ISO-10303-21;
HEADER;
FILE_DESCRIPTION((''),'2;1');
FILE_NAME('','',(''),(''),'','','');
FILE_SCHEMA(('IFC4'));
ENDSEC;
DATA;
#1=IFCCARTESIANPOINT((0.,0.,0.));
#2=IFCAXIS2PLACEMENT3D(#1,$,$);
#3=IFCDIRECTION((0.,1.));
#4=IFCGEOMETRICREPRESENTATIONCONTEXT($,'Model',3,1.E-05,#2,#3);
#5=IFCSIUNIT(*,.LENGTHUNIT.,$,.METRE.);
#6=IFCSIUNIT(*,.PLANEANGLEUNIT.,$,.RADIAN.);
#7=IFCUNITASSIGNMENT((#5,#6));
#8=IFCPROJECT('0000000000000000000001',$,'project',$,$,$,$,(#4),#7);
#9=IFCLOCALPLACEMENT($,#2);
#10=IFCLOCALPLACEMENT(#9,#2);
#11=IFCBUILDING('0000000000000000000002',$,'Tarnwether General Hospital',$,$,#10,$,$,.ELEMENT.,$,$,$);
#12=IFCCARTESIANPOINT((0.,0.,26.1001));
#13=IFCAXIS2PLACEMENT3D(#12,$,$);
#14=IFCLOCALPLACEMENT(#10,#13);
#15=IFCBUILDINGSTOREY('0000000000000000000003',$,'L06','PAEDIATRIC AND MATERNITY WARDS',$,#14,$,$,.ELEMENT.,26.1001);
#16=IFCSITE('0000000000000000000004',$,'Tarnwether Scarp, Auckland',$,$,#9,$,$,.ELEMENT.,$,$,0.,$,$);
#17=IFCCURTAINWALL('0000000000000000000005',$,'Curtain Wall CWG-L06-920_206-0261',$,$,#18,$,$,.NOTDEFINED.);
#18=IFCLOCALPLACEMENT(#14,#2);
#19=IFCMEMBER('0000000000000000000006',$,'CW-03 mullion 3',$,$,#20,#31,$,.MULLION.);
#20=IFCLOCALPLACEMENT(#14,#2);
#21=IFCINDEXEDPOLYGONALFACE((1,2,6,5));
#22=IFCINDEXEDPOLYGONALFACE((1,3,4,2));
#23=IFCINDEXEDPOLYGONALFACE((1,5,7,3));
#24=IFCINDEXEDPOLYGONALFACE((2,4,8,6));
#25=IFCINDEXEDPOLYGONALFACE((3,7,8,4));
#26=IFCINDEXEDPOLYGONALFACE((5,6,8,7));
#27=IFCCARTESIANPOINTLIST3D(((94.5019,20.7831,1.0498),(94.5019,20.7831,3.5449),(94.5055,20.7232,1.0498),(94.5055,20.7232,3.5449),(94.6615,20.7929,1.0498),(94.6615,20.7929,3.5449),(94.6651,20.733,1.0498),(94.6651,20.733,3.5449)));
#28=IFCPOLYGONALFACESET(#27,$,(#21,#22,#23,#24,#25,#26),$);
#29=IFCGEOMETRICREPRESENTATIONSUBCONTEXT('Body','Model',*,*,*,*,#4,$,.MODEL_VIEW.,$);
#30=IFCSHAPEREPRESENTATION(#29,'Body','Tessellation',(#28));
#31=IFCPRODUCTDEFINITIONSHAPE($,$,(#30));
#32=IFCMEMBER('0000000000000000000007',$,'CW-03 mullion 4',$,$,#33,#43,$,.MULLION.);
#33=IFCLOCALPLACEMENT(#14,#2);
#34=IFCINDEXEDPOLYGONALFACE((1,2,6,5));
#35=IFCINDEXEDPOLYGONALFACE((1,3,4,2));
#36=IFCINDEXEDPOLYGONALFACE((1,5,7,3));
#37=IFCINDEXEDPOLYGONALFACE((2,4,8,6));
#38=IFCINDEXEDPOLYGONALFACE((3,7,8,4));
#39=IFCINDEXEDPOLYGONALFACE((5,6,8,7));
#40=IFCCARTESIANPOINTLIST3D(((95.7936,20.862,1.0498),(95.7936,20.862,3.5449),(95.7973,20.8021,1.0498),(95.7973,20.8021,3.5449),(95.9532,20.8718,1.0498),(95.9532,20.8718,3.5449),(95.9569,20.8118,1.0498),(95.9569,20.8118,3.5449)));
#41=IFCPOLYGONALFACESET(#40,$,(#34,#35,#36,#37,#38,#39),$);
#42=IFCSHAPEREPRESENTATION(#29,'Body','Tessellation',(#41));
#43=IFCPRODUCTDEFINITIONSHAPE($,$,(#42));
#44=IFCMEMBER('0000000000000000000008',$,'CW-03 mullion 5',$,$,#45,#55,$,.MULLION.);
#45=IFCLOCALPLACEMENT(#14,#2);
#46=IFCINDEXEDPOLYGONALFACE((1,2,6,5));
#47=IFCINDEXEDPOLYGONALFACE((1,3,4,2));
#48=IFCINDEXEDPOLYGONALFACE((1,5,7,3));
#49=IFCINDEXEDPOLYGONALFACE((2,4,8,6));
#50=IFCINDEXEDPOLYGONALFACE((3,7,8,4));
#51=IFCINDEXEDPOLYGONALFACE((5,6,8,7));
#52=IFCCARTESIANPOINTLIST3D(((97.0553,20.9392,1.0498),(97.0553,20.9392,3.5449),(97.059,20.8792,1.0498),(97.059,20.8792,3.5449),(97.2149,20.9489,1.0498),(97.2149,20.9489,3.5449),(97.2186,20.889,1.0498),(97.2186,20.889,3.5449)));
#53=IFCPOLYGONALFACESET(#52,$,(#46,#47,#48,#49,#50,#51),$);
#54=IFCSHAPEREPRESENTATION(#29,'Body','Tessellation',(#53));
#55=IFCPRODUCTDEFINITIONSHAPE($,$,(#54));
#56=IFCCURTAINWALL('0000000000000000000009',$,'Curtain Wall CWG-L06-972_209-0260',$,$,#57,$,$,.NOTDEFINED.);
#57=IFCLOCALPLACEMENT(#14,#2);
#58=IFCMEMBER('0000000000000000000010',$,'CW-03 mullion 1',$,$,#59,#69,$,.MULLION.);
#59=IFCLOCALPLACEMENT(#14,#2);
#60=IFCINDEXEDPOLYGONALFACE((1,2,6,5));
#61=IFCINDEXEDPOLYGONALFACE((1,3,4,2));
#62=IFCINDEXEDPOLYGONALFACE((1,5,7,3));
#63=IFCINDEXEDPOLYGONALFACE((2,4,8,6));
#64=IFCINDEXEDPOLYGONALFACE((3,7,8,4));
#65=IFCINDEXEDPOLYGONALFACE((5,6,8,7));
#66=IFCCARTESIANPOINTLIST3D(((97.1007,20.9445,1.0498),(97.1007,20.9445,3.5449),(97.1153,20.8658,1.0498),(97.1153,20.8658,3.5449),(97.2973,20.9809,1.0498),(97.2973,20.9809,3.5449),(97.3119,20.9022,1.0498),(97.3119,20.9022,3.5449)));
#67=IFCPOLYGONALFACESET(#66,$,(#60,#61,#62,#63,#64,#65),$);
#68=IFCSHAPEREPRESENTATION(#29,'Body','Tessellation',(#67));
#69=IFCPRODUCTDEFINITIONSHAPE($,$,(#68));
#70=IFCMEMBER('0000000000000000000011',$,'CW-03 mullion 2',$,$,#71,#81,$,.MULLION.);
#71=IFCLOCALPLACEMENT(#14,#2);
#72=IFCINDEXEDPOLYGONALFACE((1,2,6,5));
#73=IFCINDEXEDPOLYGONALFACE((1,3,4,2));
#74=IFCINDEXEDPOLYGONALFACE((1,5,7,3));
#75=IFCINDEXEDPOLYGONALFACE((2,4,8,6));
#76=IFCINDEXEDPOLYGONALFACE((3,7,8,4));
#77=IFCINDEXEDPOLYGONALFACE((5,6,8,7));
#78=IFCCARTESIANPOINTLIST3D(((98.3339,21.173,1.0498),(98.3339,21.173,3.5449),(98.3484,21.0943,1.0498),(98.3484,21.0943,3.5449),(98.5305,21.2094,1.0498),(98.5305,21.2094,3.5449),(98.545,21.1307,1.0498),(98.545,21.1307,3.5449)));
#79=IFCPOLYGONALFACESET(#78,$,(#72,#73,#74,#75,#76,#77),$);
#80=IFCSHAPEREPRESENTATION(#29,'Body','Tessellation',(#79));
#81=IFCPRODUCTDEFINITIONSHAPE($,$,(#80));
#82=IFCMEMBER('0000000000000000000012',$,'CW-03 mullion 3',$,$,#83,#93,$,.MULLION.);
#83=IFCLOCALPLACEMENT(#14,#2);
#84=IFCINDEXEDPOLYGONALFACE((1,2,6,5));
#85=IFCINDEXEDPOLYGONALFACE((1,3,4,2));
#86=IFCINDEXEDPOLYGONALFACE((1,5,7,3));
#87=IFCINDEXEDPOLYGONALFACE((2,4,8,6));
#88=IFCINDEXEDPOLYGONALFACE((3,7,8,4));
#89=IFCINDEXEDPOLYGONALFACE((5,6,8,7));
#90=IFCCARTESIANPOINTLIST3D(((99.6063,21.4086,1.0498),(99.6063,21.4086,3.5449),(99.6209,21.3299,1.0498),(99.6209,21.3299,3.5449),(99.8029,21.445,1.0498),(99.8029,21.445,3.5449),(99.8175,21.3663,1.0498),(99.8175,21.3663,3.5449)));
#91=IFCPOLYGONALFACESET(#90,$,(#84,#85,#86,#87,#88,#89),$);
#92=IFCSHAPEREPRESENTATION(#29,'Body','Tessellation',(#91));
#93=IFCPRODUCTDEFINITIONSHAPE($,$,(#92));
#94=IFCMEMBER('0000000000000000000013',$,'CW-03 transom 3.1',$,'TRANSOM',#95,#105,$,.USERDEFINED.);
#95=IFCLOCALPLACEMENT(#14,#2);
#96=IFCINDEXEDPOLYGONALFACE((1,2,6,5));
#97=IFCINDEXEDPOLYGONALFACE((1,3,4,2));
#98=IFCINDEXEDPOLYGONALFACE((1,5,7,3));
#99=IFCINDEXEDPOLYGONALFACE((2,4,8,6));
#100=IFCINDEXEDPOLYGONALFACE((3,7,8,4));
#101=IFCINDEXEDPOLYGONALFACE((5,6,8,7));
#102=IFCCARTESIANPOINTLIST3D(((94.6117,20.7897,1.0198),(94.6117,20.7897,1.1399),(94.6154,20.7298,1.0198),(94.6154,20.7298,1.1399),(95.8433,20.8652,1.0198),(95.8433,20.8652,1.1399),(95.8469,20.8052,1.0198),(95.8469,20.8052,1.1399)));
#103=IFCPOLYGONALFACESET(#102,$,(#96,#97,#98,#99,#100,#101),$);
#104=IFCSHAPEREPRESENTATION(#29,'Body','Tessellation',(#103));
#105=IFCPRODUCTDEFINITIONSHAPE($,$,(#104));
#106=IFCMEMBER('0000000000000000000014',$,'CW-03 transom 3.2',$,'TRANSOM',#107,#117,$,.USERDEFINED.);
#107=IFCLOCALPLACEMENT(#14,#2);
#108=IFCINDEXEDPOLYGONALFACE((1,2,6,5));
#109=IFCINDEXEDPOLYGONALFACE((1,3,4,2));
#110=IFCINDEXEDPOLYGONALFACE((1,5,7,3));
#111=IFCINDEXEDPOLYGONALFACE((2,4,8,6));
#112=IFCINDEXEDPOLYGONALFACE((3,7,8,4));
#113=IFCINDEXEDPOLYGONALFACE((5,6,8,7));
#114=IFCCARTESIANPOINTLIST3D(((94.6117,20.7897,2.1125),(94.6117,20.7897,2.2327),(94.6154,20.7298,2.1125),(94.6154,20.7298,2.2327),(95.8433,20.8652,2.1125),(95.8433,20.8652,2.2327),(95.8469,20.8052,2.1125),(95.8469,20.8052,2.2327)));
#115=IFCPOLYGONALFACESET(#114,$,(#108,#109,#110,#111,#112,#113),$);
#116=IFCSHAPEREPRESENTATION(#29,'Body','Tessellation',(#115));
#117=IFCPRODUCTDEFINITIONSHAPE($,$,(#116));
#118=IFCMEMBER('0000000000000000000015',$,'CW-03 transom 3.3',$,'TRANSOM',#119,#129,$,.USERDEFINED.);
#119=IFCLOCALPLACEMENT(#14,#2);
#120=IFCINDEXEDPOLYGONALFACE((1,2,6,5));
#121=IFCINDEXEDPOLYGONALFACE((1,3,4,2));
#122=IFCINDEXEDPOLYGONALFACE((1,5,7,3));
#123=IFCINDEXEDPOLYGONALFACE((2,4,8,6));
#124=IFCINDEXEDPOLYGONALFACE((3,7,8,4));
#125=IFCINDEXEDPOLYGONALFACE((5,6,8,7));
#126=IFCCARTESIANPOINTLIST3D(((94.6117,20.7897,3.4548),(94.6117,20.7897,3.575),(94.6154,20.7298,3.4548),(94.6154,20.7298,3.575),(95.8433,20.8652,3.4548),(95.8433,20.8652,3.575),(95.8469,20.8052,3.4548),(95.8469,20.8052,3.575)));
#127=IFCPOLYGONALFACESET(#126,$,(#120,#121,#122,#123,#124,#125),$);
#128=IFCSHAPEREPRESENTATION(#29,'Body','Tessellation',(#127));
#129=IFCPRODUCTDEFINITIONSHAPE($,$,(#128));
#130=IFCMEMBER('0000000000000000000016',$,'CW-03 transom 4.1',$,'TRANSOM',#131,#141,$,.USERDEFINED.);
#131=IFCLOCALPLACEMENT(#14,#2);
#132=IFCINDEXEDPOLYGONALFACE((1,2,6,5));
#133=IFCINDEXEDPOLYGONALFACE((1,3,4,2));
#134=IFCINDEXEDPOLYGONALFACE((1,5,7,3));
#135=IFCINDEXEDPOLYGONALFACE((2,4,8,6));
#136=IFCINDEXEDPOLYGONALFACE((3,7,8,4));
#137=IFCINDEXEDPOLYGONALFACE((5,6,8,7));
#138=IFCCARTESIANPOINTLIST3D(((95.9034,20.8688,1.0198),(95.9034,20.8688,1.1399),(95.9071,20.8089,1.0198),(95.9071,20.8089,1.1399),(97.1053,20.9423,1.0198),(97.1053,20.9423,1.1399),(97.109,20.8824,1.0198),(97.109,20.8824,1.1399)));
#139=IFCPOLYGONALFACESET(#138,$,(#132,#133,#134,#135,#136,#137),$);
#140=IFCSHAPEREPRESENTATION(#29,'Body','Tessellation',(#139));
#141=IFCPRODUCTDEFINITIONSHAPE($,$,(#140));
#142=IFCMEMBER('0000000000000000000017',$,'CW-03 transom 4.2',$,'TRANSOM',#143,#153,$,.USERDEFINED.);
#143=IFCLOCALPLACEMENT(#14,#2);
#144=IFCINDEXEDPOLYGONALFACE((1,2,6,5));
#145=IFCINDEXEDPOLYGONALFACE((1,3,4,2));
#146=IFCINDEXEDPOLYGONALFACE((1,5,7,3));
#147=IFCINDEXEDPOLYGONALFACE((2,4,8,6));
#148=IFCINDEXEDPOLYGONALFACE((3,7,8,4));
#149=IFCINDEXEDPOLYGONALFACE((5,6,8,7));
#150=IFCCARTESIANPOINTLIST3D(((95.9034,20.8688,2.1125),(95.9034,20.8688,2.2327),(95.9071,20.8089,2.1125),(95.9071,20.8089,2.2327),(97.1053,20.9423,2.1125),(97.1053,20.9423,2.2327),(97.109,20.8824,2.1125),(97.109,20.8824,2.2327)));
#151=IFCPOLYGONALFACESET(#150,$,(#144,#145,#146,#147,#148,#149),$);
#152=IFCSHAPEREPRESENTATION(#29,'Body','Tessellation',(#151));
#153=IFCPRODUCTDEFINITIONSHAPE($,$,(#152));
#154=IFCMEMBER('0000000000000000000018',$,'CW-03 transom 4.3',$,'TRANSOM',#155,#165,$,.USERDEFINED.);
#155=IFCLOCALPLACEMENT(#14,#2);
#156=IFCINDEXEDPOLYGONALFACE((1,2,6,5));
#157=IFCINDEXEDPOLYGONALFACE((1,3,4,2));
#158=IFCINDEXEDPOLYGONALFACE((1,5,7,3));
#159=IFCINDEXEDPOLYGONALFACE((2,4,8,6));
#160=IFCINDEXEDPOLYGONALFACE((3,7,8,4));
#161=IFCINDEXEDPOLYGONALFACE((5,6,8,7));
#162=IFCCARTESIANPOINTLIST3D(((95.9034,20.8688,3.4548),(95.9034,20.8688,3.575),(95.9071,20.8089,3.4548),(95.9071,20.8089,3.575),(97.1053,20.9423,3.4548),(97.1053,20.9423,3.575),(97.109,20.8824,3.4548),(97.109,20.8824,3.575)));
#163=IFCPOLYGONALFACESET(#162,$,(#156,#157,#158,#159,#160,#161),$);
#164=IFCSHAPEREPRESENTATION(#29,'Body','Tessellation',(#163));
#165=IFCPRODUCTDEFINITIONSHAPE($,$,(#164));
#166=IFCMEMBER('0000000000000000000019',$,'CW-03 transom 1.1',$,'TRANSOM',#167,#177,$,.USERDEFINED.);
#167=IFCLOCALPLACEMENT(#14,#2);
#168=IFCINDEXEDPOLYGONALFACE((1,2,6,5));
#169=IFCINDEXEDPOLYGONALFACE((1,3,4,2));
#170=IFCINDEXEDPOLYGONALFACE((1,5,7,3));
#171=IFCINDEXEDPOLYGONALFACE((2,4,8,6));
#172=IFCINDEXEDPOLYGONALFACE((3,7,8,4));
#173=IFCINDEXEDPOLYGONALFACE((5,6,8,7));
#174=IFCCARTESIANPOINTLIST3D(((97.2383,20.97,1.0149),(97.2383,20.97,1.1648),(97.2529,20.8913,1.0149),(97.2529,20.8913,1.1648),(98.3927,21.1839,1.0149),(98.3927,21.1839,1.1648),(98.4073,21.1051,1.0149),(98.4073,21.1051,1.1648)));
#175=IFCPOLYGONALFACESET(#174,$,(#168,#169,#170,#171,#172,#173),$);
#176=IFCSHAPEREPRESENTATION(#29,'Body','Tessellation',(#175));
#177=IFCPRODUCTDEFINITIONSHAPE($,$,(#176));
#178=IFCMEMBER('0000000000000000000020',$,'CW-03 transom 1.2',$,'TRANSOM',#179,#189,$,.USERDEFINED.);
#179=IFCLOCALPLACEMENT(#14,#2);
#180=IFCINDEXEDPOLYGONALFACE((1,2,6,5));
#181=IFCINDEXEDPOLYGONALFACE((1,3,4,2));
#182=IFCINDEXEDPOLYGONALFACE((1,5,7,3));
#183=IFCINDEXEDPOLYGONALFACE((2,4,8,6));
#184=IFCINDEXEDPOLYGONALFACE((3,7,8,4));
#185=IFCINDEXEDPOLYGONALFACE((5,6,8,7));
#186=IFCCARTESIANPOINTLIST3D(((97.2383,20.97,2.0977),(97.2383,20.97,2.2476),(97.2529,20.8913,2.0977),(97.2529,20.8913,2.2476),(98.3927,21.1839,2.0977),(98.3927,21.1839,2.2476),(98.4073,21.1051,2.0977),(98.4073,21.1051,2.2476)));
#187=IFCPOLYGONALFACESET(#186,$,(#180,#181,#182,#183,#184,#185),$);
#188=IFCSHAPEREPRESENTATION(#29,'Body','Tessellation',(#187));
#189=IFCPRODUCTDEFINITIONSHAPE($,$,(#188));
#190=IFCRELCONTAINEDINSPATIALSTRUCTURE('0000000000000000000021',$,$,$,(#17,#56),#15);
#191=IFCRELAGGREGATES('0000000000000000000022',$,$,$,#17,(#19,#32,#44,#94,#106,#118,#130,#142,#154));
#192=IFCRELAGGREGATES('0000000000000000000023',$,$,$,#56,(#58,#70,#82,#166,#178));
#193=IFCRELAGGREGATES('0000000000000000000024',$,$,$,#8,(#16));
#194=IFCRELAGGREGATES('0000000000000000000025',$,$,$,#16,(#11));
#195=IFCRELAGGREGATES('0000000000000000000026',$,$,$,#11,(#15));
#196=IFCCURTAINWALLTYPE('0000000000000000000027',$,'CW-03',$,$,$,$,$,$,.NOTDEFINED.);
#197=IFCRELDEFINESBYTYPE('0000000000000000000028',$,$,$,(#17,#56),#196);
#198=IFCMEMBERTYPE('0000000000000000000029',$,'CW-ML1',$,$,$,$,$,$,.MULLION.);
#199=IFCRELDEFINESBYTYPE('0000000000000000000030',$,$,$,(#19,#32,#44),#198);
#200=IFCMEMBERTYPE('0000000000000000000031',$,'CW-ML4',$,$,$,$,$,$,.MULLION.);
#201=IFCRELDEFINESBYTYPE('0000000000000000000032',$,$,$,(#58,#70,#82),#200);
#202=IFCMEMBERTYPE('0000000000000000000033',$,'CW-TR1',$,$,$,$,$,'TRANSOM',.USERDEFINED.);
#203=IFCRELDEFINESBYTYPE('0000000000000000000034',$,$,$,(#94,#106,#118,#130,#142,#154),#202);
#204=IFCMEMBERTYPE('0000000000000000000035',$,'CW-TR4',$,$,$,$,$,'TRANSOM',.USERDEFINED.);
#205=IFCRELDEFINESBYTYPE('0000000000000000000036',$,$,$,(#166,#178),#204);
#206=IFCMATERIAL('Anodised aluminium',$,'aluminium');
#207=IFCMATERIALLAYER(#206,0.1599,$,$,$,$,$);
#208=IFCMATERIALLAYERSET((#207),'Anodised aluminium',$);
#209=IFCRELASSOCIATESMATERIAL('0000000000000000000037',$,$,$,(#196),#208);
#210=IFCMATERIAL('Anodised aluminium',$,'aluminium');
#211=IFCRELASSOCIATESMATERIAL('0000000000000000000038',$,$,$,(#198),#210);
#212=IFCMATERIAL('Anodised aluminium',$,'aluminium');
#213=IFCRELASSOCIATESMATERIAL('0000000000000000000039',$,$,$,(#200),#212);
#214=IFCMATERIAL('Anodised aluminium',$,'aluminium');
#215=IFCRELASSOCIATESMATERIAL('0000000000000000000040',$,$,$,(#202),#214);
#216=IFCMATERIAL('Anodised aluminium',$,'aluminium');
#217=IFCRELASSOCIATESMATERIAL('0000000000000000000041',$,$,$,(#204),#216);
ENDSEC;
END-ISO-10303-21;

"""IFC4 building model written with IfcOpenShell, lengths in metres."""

from ifc_helpers import new_model, si_unit, direction, frame, origin, origin_2d, place, context, subcontext, project, spatial, rectangle, extrude, material, layer, layer_set, material_profile, profile_set, type_object, element, aggregate, save


model = new_model("IFC4")

# Units and contexts
model_context = context("Model", 3, precision=1e-05, world=origin(), true_north=direction((0.0, 1.0)))
body_context = subcontext(model_context, "Body", "Model", "MODEL_VIEW")
ifc_project = project(units=[si_unit("LENGTHUNIT", "METRE"), si_unit("PLANEANGLEUNIT", "RADIAN")], contexts=[model_context])

# Site, building, storey
site_placement = place(None, origin())
site = spatial("IfcSite", under=ifc_project, at=site_placement, Name="Tarnwether Scarp, Auckland", CompositionType="ELEMENT", RefElevation=0.0)
building_placement = place(site_placement, origin())
building = spatial("IfcBuilding", under=site, at=building_placement, Name="Tarnwether General Hospital", CompositionType="ELEMENT")
storey_placement = place(building_placement, frame((0.0, 0.0, 26.1001)))
storey = spatial("IfcBuildingStorey", under=building, at=storey_placement, Name="L06", Description="PAEDIATRIC AND MATERNITY WARDS", CompositionType="ELEMENT", Elevation=26.1001)

# Curtain walls, members
ifc_material_1 = material(Name="Anodised aluminium", Category="aluminium")
ifc_layer_1 = layer(ifc_material_1, 0.1599)
ifc_layer_set_1 = layer_set([ifc_layer_1], Name="Anodised aluminium")
curtain_wall_type = type_object("IfcCurtainWallType", Name="CW-03", PredefinedType="NOTDEFINED", material=ifc_layer_set_1)
curtain_wall_1_placement = place(storey_placement, origin())
curtain_wall_1 = element("IfcCurtainWall", 1, at=curtain_wall_1_placement, inside=storey, type_object=curtain_wall_type, Name="Curtain Wall CWG-L06-920_206-0261", PredefinedType="NOTDEFINED")
ifc_material_2 = material(Name="Anodised aluminium", Category="aluminium")
ifc_material_profile_1 = material_profile(ifc_material_2, rectangle(XDim=0.0601, YDim=0.1599, at=origin_2d()), Name="ALU-MUL-60x160")
ifc_profile_set_1 = profile_set([ifc_material_profile_1], Name="Anodised aluminium")
member_type_1 = type_object("IfcMemberType", Name="CW-ML1", PredefinedType="MULLION", material=ifc_profile_set_1)
member_1_placement = place(storey_placement, frame((94.5835, 20.7581, 1.0498), z_axis=(0.0, 0.0, 1.0), x_axis=(-0.061043, 0.998135, 0.0)))
member_1 = element("IfcMember", 2, at=member_1_placement, type_object=member_type_1, Name="CW-03 mullion 3", PredefinedType="MULLION", context=body_context, shape_type="SweptSolid", body=[
    extrude(rectangle(XDim=0.0601, YDim=0.1599, at=origin_2d()), origin(), (0.0, 0.0, 1.0), 2.4951),
])
member_2_placement = place(storey_placement, frame((95.8752, 20.8369, 1.0498), z_axis=(0.0, 0.0, 1.0), x_axis=(-0.061043, 0.998135, 0.0)))
member_2 = element("IfcMember", 3, at=member_2_placement, type_object=member_type_1, Name="CW-03 mullion 4", PredefinedType="MULLION", context=body_context, shape_type="SweptSolid", body=[
    extrude(rectangle(XDim=0.0601, YDim=0.1599, at=origin_2d()), origin(), (0.0, 0.0, 1.0), 2.4951),
])
member_3_placement = place(storey_placement, frame((97.137, 20.9141, 1.0498), z_axis=(0.0, 0.0, 1.0), x_axis=(-0.061043, 0.998135, 0.0)))
member_3 = element("IfcMember", 4, at=member_3_placement, type_object=member_type_1, Name="CW-03 mullion 5", PredefinedType="MULLION", context=body_context, shape_type="SweptSolid", body=[
    extrude(rectangle(XDim=0.0601, YDim=0.1599, at=origin_2d()), origin(), (0.0, 0.0, 1.0), 2.4951),
])
curtain_wall_2_placement = place(storey_placement, origin())
curtain_wall_2 = element("IfcCurtainWall", 5, at=curtain_wall_2_placement, inside=storey, type_object=curtain_wall_type, Name="Curtain Wall CWG-L06-972_209-0260", PredefinedType="NOTDEFINED")
ifc_material_3 = material(Name="Anodised aluminium", Category="aluminium")
ifc_material_profile_2 = material_profile(ifc_material_3, rectangle(XDim=0.0801, YDim=0.2, at=origin_2d()), Name="ALU-MUL-80x200")
ifc_profile_set_2 = profile_set([ifc_material_profile_2], Name="Anodised aluminium")
member_type_2 = type_object("IfcMemberType", Name="CW-ML4", PredefinedType="MULLION", material=ifc_profile_set_2)
member_4_placement = place(storey_placement, frame((97.2063, 20.9233, 1.0498), z_axis=(0.0, 0.0, 1.0), x_axis=(-0.182165, 0.983268, 0.0)))
member_4 = element("IfcMember", 6, at=member_4_placement, type_object=member_type_2, Name="CW-03 mullion 1", PredefinedType="MULLION", context=body_context, shape_type="SweptSolid", body=[
    extrude(rectangle(XDim=0.0801, YDim=0.2, at=origin_2d()), origin(), (0.0, 0.0, 1.0), 2.4951),
])
member_5_placement = place(storey_placement, frame((98.4395, 21.1519, 1.0498), z_axis=(0.0, 0.0, 1.0), x_axis=(-0.182165, 0.983268, 0.0)))
member_5 = element("IfcMember", 7, at=member_5_placement, type_object=member_type_2, Name="CW-03 mullion 2", PredefinedType="MULLION", context=body_context, shape_type="SweptSolid", body=[
    extrude(rectangle(XDim=0.0801, YDim=0.2, at=origin_2d()), origin(), (0.0, 0.0, 1.0), 2.4951),
])
member_6_placement = place(storey_placement, frame((99.7119, 21.3875, 1.0498), z_axis=(0.0, 0.0, 1.0), x_axis=(-0.182165, 0.983268, 0.0)))
member_6 = element("IfcMember", 8, at=member_6_placement, type_object=member_type_2, Name="CW-03 mullion 3", PredefinedType="MULLION", context=body_context, shape_type="SweptSolid", body=[
    extrude(rectangle(XDim=0.0801, YDim=0.2, at=origin_2d()), origin(), (0.0, 0.0, 1.0), 2.4951),
])

# Members
ifc_material_4 = material(Name="Anodised aluminium", Category="aluminium")
ifc_material_profile_3 = material_profile(ifc_material_4, rectangle(XDim=0.0601, YDim=0.1201, at=origin_2d()), Name="ALU-TRN-60x120")
ifc_profile_set_3 = profile_set([ifc_material_profile_3], Name="Anodised aluminium")
member_type_3 = type_object("IfcMemberType", Name="CW-TR1", ElementType="TRANSOM", PredefinedType="USERDEFINED", material=ifc_profile_set_3)
member_7_placement = place(storey_placement, frame((94.6135, 20.7598, 1.0798), z_axis=(0.99813, 0.061134, 0.0), x_axis=(-0.061134, 0.99813, 0.0)))
member_7 = element("IfcMember", 9, at=member_7_placement, type_object=member_type_3, Name="CW-03 transom 3.1", ObjectType="TRANSOM", PredefinedType="USERDEFINED", context=body_context, shape_type="SweptSolid", body=[
    extrude(rectangle(XDim=0.0601, YDim=0.1201, at=origin_2d()), origin(), (0.0, 0.0, 1.0), 1.2339),
])
member_8_placement = place(storey_placement, frame((94.6135, 20.7598, 2.1726), z_axis=(0.99813, 0.061134, 0.0), x_axis=(-0.061134, 0.99813, 0.0)))
member_8 = element("IfcMember", 10, at=member_8_placement, type_object=member_type_3, Name="CW-03 transom 3.2", ObjectType="TRANSOM", PredefinedType="USERDEFINED", context=body_context, shape_type="SweptSolid", body=[
    extrude(rectangle(XDim=0.0601, YDim=0.1201, at=origin_2d()), origin(), (0.0, 0.0, 1.0), 1.2339),
])
member_9_placement = place(storey_placement, frame((94.6135, 20.7598, 3.5149), z_axis=(0.99813, 0.061134, 0.0), x_axis=(-0.061134, 0.99813, 0.0)))
member_9 = element("IfcMember", 11, at=member_9_placement, type_object=member_type_3, Name="CW-03 transom 3.3", ObjectType="TRANSOM", PredefinedType="USERDEFINED", context=body_context, shape_type="SweptSolid", body=[
    extrude(rectangle(XDim=0.0601, YDim=0.1201, at=origin_2d()), origin(), (0.0, 0.0, 1.0), 1.2339),
])
member_10_placement = place(storey_placement, frame((95.9053, 20.8389, 1.0798), z_axis=(0.998136, 0.061028, 0.0), x_axis=(-0.061028, 0.998136, 0.0)))
member_10 = element("IfcMember", 12, at=member_10_placement, type_object=member_type_3, Name="CW-03 transom 4.1", ObjectType="TRANSOM", PredefinedType="USERDEFINED", context=body_context, shape_type="SweptSolid", body=[
    extrude(rectangle(XDim=0.0601, YDim=0.1201, at=origin_2d()), origin(), (0.0, 0.0, 1.0), 1.2041),
])
member_11_placement = place(storey_placement, frame((95.9053, 20.8389, 2.1726), z_axis=(0.998136, 0.061028, 0.0), x_axis=(-0.061028, 0.998136, 0.0)))
member_11 = element("IfcMember", 13, at=member_11_placement, type_object=member_type_3, Name="CW-03 transom 4.2", ObjectType="TRANSOM", PredefinedType="USERDEFINED", context=body_context, shape_type="SweptSolid", body=[
    extrude(rectangle(XDim=0.0601, YDim=0.1201, at=origin_2d()), origin(), (0.0, 0.0, 1.0), 1.2041),
])
member_12_placement = place(storey_placement, frame((95.9053, 20.8389, 3.5149), z_axis=(0.998136, 0.061028, 0.0), x_axis=(-0.061028, 0.998136, 0.0)))
member_12 = element("IfcMember", 14, at=member_12_placement, type_object=member_type_3, Name="CW-03 transom 4.3", ObjectType="TRANSOM", PredefinedType="USERDEFINED", context=body_context, shape_type="SweptSolid", body=[
    extrude(rectangle(XDim=0.0601, YDim=0.1201, at=origin_2d()), origin(), (0.0, 0.0, 1.0), 1.2041),
])
ifc_material_5 = material(Name="Anodised aluminium", Category="aluminium")
ifc_material_profile_4 = material_profile(ifc_material_5, rectangle(XDim=0.0801, YDim=0.1499, at=origin_2d()), Name="ALU-TRN-80x150")
ifc_profile_set_4 = profile_set([ifc_material_profile_4], Name="Anodised aluminium")
member_type_4 = type_object("IfcMemberType", Name="CW-TR4", ElementType="TRANSOM", PredefinedType="USERDEFINED", material=ifc_profile_set_4)
member_13_placement = place(storey_placement, frame((97.2456, 20.9307, 1.0898), z_axis=(0.983272, 0.182141, 0.0), x_axis=(-0.182141, 0.983272, 0.0)))
member_13 = element("IfcMember", 15, at=member_13_placement, type_object=member_type_4, Name="CW-03 transom 1.1", ObjectType="TRANSOM", PredefinedType="USERDEFINED", context=body_context, shape_type="SweptSolid", body=[
    extrude(rectangle(XDim=0.0801, YDim=0.1499, at=origin_2d()), origin(), (0.0, 0.0, 1.0), 1.1741),
])
member_14_placement = place(storey_placement, frame((97.2456, 20.9307, 2.1726), z_axis=(0.983272, 0.182141, 0.0), x_axis=(-0.182141, 0.983272, 0.0)))
member_14 = element("IfcMember", 16, at=member_14_placement, type_object=member_type_4, Name="CW-03 transom 1.2", ObjectType="TRANSOM", PredefinedType="USERDEFINED", context=body_context, shape_type="SweptSolid", body=[
    extrude(rectangle(XDim=0.0801, YDim=0.1499, at=origin_2d()), origin(), (0.0, 0.0, 1.0), 1.1741),
])

aggregate(curtain_wall_1, [member_1, member_2, member_3, member_7, member_8, member_9, member_10, member_11, member_12])
aggregate(curtain_wall_2, [member_4, member_5, member_6, member_13, member_14])

save(model, "model.ifc")
